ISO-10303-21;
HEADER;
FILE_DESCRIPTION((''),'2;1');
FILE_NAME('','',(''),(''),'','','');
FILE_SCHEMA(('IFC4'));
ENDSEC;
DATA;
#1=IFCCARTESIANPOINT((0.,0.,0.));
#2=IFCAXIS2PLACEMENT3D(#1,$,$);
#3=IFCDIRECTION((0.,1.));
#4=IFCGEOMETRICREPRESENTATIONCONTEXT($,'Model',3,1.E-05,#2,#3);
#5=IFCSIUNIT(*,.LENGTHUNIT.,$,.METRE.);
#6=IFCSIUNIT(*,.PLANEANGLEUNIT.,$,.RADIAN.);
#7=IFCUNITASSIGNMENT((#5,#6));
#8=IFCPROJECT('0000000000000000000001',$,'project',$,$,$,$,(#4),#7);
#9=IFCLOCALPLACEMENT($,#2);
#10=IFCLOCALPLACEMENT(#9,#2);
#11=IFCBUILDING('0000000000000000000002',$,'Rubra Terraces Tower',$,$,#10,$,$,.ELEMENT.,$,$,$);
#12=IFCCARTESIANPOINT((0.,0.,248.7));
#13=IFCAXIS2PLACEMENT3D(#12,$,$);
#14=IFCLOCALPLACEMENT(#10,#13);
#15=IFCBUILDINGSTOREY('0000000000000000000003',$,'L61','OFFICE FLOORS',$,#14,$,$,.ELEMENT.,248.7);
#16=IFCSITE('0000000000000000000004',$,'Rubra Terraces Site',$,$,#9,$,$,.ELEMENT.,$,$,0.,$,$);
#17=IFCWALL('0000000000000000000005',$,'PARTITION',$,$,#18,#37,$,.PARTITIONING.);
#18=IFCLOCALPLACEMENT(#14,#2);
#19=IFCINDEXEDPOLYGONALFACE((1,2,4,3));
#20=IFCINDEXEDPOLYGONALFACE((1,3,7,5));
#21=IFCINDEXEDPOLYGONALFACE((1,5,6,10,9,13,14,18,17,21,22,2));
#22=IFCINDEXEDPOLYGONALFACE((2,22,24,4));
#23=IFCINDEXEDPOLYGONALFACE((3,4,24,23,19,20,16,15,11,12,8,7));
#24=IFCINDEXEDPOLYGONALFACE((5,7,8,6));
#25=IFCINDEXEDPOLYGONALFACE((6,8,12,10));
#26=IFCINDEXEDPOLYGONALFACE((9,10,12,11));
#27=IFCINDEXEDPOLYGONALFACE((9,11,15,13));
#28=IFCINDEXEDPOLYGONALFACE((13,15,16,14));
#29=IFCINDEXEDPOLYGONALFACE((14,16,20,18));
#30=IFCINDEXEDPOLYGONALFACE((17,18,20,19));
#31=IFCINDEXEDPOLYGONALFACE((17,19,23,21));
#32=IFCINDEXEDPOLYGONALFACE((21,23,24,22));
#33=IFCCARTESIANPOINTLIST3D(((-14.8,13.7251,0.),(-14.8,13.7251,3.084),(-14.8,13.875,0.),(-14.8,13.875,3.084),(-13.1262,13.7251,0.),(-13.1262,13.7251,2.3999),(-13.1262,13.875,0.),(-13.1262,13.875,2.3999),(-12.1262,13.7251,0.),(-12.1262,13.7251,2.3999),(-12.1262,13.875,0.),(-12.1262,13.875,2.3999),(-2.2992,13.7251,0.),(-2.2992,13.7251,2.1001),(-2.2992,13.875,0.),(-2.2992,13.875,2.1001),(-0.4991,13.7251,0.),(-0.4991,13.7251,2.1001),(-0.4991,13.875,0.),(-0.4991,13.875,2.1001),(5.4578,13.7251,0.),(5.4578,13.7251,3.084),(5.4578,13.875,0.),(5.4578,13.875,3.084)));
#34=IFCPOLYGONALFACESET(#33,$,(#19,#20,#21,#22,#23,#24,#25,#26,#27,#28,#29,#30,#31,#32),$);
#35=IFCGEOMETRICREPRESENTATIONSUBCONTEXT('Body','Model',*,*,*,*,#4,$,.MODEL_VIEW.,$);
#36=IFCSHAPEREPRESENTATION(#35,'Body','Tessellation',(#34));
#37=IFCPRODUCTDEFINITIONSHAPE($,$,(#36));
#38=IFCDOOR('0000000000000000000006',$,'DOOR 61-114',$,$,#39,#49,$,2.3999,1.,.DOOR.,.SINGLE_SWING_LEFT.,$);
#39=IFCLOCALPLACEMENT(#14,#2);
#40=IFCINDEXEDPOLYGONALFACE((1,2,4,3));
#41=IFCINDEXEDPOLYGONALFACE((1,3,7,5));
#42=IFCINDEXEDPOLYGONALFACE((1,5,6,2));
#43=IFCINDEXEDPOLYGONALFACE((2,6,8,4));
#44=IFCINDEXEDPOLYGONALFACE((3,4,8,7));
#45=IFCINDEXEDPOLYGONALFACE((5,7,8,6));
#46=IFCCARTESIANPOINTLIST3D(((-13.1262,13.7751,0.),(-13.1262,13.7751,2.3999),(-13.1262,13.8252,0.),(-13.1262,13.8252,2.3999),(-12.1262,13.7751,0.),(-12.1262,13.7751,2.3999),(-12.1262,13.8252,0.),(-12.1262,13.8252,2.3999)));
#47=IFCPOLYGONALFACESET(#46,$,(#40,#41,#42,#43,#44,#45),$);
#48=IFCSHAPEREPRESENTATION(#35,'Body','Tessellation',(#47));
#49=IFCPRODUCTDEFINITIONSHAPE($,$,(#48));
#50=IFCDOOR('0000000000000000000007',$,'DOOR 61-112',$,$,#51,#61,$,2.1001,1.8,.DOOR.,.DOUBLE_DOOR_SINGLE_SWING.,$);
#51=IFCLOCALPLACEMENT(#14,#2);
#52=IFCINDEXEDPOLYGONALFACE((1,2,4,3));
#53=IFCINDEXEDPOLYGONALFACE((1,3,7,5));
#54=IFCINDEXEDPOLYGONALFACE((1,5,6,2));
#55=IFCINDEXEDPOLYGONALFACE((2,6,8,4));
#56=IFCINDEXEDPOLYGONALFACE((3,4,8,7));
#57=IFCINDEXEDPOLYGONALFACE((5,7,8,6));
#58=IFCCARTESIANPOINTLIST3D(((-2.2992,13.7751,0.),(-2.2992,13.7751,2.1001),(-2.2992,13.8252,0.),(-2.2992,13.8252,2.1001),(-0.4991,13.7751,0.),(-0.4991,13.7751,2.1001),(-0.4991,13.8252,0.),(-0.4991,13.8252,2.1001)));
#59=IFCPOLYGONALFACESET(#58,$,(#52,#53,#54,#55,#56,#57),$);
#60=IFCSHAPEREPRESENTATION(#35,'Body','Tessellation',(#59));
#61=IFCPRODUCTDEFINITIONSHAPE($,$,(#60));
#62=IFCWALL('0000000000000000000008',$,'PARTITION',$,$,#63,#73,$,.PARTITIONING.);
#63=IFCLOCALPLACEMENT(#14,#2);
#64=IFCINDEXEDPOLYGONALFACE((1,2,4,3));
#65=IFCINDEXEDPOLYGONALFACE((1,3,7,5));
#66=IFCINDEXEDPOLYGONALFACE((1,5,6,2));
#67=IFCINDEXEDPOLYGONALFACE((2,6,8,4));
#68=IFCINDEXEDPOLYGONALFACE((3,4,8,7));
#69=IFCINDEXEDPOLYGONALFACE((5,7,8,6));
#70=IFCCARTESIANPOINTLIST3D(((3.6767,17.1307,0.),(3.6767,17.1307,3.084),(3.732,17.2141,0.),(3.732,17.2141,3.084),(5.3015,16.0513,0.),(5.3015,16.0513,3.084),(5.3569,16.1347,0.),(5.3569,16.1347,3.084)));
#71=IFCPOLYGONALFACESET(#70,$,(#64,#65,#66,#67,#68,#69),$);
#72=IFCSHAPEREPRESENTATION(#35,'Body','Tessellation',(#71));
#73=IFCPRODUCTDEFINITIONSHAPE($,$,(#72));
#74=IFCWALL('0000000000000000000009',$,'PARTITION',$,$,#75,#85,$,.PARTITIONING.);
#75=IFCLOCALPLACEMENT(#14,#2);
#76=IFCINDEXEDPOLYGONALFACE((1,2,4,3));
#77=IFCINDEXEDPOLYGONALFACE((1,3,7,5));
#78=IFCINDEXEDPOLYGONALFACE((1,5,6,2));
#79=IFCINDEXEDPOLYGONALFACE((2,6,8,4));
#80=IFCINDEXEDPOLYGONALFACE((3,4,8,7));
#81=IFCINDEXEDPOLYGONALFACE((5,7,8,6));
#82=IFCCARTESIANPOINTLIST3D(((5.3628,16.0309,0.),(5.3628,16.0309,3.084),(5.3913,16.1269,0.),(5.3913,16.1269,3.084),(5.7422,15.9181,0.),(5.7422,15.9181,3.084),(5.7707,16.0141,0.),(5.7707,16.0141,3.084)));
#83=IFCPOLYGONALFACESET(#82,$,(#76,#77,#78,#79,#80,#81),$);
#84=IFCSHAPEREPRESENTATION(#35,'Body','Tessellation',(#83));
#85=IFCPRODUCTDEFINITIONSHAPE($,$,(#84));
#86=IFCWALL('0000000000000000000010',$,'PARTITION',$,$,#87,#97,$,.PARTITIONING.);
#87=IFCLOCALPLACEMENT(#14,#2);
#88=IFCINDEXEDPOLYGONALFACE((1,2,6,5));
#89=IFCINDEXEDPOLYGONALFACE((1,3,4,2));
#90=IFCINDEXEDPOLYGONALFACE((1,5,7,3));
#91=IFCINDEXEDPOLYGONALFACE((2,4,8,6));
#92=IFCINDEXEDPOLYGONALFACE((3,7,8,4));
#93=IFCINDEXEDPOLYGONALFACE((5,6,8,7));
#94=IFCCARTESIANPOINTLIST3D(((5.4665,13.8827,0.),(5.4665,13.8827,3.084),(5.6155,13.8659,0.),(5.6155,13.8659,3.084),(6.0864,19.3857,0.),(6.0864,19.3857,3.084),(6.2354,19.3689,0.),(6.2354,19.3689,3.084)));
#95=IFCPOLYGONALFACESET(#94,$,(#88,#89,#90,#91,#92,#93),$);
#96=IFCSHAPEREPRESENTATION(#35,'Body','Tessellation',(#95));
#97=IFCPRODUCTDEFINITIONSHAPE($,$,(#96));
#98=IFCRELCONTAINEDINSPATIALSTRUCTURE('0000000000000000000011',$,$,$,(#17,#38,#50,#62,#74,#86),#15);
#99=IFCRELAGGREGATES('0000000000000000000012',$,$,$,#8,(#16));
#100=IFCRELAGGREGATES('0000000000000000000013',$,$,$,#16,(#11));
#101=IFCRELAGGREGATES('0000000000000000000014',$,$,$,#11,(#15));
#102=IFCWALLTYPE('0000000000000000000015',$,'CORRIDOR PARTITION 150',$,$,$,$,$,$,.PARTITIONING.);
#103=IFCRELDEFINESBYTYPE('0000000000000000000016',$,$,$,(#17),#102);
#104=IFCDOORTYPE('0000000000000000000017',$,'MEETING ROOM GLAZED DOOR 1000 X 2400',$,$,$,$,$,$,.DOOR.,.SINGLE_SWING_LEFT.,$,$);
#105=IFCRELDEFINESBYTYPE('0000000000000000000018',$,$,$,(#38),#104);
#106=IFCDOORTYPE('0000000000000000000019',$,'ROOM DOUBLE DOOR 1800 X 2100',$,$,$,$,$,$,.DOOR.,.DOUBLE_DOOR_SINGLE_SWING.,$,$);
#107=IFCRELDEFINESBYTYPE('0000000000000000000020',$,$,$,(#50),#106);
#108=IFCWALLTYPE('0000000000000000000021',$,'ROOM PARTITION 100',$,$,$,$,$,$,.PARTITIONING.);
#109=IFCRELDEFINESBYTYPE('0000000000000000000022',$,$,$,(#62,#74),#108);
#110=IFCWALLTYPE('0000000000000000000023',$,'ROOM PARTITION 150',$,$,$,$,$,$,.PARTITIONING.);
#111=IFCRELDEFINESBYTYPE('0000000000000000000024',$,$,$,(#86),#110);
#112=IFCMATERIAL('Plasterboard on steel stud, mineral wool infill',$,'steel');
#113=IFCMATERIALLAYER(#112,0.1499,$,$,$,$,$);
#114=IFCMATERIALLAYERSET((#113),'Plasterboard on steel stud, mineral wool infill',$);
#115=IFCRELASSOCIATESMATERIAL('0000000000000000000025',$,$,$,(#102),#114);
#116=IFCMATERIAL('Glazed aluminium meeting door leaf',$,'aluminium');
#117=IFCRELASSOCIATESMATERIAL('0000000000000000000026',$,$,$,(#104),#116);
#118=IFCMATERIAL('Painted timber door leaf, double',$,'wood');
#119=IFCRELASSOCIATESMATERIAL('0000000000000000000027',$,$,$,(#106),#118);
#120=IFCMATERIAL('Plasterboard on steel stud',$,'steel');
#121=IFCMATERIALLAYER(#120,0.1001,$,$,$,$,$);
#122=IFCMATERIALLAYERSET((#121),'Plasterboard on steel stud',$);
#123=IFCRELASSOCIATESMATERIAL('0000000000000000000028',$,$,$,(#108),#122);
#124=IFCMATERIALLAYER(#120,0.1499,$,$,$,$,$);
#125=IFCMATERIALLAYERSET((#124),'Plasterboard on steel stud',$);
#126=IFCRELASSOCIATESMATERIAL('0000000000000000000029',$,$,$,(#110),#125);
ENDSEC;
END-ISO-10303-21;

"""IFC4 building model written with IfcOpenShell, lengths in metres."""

from ifc_helpers import new_model, si_unit, direction, frame, frame_2d, origin, place, context, subcontext, project, spatial, rectangle, extrude, material, layer, layer_set, type_object, element, fill, save


model = new_model("IFC4")

# Units and contexts
model_context = context("Model", 3, precision=1e-05, world=origin(), true_north=direction((0.0, 1.0)))
body_context = subcontext(model_context, "Body", "Model", "MODEL_VIEW")
ifc_project = project(units=[si_unit("LENGTHUNIT", "METRE"), si_unit("PLANEANGLEUNIT", "RADIAN")], contexts=[model_context])

# Site, building, storey
site_placement = place(None, origin())
site = spatial("IfcSite", under=ifc_project, at=site_placement, Name="Rubra Terraces Site", CompositionType="ELEMENT", RefElevation=0.0)
building_placement = place(site_placement, origin())
building = spatial("IfcBuilding", under=site, at=building_placement, Name="Rubra Terraces Tower", CompositionType="ELEMENT")
storey_placement = place(building_placement, frame((0.0, 0.0, 248.7)))
storey = spatial("IfcBuildingStorey", under=building, at=storey_placement, Name="L61", Description="OFFICE FLOORS", CompositionType="ELEMENT", Elevation=248.7)

# Wall, openings, doors
ifc_material_1 = material(Name="Plasterboard on steel stud, mineral wool infill", Category="steel")
ifc_layer_1 = layer(ifc_material_1, 0.1499)
ifc_layer_set_1 = layer_set([ifc_layer_1], Name="Plasterboard on steel stud, mineral wool infill")
wall_type_1 = type_object("IfcWallType", Name="CORRIDOR PARTITION 150", PredefinedType="PARTITIONING", material=ifc_layer_set_1)
wall_1_placement = place(storey_placement, frame((5.4578, 13.8, 0.0), z_axis=(0.0, 0.0, 1.0), x_axis=(-1.0, 0.0, 0.0)))
wall_1 = element("IfcWall", 1, at=wall_1_placement, inside=storey, type_object=wall_type_1, Name="PARTITION", PredefinedType="PARTITIONING", context=body_context, shape_type="SweptSolid", body=[
    extrude(rectangle(XDim=20.2578, YDim=0.1499, at=frame_2d((10.1289, 0.0))), origin(), (0.0, 0.0, 1.0), 3.084),
])
opening_1_placement = place(wall_1_placement, frame((5.957, 0.0, 0.0)))
opening_1 = element("IfcOpeningElement", 2, at=opening_1_placement, cuts=wall_1, PredefinedType="OPENING", context=body_context, shape_type="SweptSolid", body=[
    extrude(rectangle(XDim=1.8, YDim=2.1001, at=frame_2d((0.8999, 1.05))), frame((0.0, 0.085, 0.0), z_axis=(0.0, -1.0, 0.0), x_axis=(1.0, 0.0, 0.0)), (0.0, 0.0, 1.0), 0.1699),
])
opening_2_placement = place(wall_1_placement, frame((17.584, 0.0, 0.0)))
opening_2 = element("IfcOpeningElement", 3, at=opening_2_placement, cuts=wall_1, PredefinedType="OPENING", context=body_context, shape_type="SweptSolid", body=[
    extrude(rectangle(XDim=1.0, YDim=2.3999, at=frame_2d((0.5, 1.2))), frame((0.0, 0.085, 0.0), z_axis=(0.0, -1.0, 0.0), x_axis=(1.0, 0.0, 0.0)), (0.0, 0.0, 1.0), 0.1699),
])
ifc_material_2 = material(Name="Glazed aluminium meeting door leaf", Category="aluminium")
door_type_1 = type_object("IfcDoorType", Name="MEETING ROOM GLAZED DOOR 1000 X 2400", OperationType="SINGLE_SWING_LEFT", PredefinedType="DOOR", material=ifc_material_2)
door_1_placement = place(opening_2_placement, origin())
door_1 = element("IfcDoor", 4, at=door_1_placement, inside=storey, type_object=door_type_1, Name="DOOR 61-114", OperationType="SINGLE_SWING_LEFT", OverallHeight=2.3999, OverallWidth=1.0, PredefinedType="DOOR", context=body_context, shape_type="SweptSolid", body=[
    extrude(rectangle(XDim=1.0, YDim=2.3999, at=frame_2d((0.5, 1.2))), frame((0.0, 0.0249, 0.0), z_axis=(0.0, -1.0, 0.0), x_axis=(1.0, 0.0, 0.0)), (0.0, 0.0, 1.0), 0.05),
])
fill(opening_2, door_1)
ifc_material_3 = material(Name="Painted timber door leaf, double", Category="wood")
door_type_2 = type_object("IfcDoorType", Name="ROOM DOUBLE DOOR 1800 X 2100", OperationType="DOUBLE_DOOR_SINGLE_SWING", PredefinedType="DOOR", material=ifc_material_3)
door_2_placement = place(opening_1_placement, origin())
door_2 = element("IfcDoor", 5, at=door_2_placement, inside=storey, type_object=door_type_2, Name="DOOR 61-112", OperationType="DOUBLE_DOOR_SINGLE_SWING", OverallHeight=2.1001, OverallWidth=1.8, PredefinedType="DOOR", context=body_context, shape_type="SweptSolid", body=[
    extrude(rectangle(XDim=1.8, YDim=2.1001, at=frame_2d((0.8999, 1.05))), frame((0.0, 0.0249, 0.0), z_axis=(0.0, -1.0, 0.0), x_axis=(1.0, 0.0, 0.0)), (0.0, 0.0, 1.0), 0.05),
])
fill(opening_1, door_2)

# Walls
ifc_material_4 = material(Name="Plasterboard on steel stud", Category="steel")
ifc_layer_2 = layer(ifc_material_4, 0.1001)
ifc_layer_set_2 = layer_set([ifc_layer_2], Name="Plasterboard on steel stud")
wall_type_2 = type_object("IfcWallType", Name="ROOM PARTITION 100", PredefinedType="PARTITIONING", material=ifc_layer_set_2)
wall_2_placement = place(storey_placement, frame((3.7043, 17.1724, 0.0), z_axis=(0.0, 0.0, 1.0), x_axis=(0.832954, -0.553342, 0.0)))
element("IfcWall", 6, at=wall_2_placement, inside=storey, type_object=wall_type_2, Name="PARTITION", PredefinedType="PARTITIONING", context=body_context, shape_type="SweptSolid", body=[
    extrude(rectangle(XDim=1.9507, YDim=0.1001, at=frame_2d((0.9753, 0.0))), origin(), (0.0, 0.0, 1.0), 3.084),
])
wall_3_placement = place(storey_placement, frame((5.3772, 16.0789, 0.0), z_axis=(0.0, 0.0, 1.0), x_axis=(0.958536, -0.28497, 0.0)))
element("IfcWall", 7, at=wall_3_placement, inside=storey, type_object=wall_type_2, Name="PARTITION", PredefinedType="PARTITIONING", context=body_context, shape_type="SweptSolid", body=[
    extrude(rectangle(XDim=0.3958, YDim=0.1001, at=frame_2d((0.1978, 0.0))), origin(), (0.0, 0.0, 1.0), 3.084),
])
ifc_layer_3 = layer(ifc_material_4, 0.1499)
ifc_layer_set_3 = layer_set([ifc_layer_3], Name="Plasterboard on steel stud")
wall_type_3 = type_object("IfcWallType", Name="ROOM PARTITION 150", PredefinedType="PARTITIONING", material=ifc_layer_set_3)
wall_4_placement = place(storey_placement, frame((6.1609, 19.3774, 0.0), z_axis=(0.0, 0.0, 1.0), x_axis=(-0.111936, -0.993715, 0.0)))
element("IfcWall", 8, at=wall_4_placement, inside=storey, type_object=wall_type_3, Name="PARTITION", PredefinedType="PARTITIONING", context=body_context, shape_type="SweptSolid", body=[
    extrude(rectangle(XDim=5.5378, YDim=0.1499, at=frame_2d((2.769, 0.0))), origin(), (0.0, 0.0, 1.0), 3.084),
])

save(model, "model.ifc")
